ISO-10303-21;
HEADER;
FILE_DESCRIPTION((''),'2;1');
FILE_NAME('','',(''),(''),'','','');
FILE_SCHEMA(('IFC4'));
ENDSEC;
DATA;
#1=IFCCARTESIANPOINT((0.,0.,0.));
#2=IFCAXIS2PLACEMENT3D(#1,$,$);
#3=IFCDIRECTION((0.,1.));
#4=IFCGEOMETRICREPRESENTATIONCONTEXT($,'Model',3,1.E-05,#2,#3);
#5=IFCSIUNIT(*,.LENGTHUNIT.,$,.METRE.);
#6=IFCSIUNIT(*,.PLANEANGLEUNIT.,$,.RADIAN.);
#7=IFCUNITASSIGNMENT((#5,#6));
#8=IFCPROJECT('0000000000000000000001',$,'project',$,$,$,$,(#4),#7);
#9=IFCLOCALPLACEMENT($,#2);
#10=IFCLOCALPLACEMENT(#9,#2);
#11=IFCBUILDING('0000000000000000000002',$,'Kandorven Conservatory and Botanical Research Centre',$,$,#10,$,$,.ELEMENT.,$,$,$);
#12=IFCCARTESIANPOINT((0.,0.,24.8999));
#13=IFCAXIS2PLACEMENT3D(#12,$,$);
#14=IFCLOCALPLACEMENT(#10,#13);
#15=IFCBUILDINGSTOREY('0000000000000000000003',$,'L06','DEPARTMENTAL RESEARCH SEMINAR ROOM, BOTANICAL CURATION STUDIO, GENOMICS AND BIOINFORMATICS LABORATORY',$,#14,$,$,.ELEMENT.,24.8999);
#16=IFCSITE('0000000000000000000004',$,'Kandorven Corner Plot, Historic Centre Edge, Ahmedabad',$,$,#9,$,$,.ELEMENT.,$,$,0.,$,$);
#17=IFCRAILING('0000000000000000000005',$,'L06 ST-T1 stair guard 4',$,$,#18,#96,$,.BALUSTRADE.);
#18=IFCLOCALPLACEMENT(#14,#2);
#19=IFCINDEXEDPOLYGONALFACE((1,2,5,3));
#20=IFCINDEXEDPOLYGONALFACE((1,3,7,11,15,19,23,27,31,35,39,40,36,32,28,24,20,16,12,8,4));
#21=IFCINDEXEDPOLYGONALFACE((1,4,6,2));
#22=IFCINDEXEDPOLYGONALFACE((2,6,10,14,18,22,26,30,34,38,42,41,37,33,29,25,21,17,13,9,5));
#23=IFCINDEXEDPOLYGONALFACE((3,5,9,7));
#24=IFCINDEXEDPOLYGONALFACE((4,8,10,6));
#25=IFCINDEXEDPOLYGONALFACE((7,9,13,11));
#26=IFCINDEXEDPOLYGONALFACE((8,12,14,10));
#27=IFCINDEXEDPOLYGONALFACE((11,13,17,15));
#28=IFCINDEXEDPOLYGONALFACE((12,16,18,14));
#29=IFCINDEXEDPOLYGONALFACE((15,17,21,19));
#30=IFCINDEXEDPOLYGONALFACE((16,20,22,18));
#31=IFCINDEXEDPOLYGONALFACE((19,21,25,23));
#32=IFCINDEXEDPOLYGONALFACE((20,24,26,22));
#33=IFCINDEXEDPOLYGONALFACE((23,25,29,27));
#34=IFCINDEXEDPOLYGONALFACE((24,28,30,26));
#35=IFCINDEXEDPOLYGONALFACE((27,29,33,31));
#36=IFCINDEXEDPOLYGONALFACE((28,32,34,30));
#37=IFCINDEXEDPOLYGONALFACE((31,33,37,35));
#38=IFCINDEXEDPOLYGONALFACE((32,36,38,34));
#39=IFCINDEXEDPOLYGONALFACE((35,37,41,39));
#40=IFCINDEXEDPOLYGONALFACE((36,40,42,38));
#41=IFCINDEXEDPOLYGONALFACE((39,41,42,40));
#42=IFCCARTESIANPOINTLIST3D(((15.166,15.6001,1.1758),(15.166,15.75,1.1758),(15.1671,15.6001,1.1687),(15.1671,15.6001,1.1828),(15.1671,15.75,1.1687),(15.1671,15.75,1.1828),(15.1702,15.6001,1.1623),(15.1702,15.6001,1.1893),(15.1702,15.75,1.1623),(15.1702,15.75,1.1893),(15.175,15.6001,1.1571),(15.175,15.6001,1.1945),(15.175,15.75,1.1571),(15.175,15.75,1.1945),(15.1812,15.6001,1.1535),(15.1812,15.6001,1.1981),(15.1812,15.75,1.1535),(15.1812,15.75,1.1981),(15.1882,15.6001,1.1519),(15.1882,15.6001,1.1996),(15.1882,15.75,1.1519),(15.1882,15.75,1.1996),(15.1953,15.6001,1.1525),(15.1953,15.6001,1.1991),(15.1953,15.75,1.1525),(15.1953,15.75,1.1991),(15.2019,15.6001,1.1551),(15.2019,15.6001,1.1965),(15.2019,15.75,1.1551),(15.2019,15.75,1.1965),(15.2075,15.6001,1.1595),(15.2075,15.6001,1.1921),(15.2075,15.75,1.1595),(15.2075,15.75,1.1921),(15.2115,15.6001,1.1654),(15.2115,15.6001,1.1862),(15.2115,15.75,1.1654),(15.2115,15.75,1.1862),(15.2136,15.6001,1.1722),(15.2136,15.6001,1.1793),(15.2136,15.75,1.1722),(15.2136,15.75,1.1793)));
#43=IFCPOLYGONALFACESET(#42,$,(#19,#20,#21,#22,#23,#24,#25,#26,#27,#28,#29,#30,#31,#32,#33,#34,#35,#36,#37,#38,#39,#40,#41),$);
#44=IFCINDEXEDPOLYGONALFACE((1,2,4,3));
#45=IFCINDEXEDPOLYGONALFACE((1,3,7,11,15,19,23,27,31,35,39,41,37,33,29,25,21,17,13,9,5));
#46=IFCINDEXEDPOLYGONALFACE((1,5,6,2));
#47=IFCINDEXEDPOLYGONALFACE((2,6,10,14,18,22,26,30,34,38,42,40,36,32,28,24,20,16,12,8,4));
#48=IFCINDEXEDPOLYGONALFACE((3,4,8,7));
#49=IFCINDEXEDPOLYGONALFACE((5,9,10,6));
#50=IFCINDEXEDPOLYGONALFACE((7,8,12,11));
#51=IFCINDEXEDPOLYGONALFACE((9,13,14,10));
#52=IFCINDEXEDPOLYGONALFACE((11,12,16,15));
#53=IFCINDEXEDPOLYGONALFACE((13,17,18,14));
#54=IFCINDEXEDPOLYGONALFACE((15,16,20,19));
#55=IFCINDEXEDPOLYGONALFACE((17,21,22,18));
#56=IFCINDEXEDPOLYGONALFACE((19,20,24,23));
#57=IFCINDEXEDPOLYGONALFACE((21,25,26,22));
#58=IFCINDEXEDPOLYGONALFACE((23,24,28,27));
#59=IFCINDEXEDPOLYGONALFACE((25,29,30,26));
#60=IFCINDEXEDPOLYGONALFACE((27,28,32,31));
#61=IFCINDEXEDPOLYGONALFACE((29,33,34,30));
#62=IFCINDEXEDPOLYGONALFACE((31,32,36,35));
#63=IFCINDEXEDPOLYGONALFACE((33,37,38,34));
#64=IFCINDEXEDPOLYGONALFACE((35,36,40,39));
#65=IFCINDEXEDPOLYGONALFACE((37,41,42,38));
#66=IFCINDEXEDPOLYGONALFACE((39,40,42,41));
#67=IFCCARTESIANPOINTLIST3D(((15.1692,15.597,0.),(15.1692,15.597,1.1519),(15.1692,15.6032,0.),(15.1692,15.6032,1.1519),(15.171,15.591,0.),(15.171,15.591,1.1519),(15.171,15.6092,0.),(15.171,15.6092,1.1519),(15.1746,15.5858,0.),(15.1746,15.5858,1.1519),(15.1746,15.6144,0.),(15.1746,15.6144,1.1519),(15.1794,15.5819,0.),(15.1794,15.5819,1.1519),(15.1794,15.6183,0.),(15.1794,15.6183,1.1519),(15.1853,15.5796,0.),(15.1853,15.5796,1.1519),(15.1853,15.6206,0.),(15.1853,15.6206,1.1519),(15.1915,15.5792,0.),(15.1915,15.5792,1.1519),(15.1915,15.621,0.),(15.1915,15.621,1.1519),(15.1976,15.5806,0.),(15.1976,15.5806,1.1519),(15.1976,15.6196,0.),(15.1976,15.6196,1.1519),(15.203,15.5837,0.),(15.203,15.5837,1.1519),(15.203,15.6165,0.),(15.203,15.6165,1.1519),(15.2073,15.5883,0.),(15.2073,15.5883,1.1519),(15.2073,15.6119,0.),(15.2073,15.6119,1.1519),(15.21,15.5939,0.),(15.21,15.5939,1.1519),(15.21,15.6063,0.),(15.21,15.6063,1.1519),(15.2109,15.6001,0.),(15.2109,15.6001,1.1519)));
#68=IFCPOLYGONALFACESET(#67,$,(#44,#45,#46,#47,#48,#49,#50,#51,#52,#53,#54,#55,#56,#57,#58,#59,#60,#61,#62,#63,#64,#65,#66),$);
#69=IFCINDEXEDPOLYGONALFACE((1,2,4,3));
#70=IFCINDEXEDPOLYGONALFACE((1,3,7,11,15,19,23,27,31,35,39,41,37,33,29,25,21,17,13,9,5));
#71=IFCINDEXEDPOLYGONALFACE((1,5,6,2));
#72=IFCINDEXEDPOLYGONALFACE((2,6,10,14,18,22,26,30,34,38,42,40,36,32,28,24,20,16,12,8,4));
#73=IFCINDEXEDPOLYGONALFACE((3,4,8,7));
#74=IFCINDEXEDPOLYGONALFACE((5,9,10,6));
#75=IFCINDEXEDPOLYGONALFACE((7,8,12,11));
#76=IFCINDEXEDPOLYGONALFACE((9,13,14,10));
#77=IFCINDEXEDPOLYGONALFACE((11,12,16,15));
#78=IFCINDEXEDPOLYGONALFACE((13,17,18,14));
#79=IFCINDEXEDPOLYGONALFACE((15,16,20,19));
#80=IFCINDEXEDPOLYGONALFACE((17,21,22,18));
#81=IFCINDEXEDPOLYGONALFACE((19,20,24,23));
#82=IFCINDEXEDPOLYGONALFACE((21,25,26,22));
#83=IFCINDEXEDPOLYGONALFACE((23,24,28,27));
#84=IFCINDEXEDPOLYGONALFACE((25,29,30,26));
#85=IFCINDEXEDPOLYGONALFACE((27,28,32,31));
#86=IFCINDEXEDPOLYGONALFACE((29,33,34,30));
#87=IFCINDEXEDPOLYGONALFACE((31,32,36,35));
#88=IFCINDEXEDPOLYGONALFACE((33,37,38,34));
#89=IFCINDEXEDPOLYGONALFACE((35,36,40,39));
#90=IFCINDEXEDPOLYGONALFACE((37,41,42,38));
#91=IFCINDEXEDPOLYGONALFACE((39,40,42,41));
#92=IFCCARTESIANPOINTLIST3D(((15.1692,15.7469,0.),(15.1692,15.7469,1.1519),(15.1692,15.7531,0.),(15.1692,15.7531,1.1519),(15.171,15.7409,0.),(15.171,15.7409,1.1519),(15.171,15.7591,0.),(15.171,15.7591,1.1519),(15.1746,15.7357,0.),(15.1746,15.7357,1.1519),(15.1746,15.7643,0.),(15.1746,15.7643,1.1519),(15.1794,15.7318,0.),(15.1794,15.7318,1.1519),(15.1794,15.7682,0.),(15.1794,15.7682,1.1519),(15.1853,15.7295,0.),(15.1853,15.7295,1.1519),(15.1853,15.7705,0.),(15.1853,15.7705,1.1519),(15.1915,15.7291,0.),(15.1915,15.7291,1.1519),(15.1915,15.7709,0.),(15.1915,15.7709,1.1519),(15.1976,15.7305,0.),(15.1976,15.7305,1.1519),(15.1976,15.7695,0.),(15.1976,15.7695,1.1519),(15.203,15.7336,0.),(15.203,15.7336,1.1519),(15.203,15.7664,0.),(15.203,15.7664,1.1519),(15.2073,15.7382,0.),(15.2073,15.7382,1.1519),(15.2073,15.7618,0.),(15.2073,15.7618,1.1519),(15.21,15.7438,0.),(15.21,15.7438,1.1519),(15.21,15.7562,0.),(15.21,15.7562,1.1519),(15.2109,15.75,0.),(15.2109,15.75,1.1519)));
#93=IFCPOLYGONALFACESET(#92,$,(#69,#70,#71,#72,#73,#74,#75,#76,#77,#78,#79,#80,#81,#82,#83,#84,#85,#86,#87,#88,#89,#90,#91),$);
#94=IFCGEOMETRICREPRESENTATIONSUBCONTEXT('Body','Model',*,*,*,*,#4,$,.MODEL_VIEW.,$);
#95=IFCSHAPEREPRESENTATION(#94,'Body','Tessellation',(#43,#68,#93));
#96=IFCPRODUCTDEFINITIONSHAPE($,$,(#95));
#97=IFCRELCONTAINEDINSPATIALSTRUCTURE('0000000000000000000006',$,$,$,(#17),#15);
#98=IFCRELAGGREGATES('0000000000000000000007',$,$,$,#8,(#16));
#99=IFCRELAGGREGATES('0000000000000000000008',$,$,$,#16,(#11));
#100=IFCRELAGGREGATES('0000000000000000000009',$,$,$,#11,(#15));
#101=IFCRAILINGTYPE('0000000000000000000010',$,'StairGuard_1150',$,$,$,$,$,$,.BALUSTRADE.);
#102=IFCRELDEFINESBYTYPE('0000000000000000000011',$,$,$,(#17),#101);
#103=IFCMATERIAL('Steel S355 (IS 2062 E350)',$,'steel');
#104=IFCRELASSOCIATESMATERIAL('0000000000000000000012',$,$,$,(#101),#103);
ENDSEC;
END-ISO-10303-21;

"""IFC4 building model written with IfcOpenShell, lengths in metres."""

from ifc_helpers import new_model, si_unit, direction, frame, origin, origin_2d, place, context, subcontext, project, spatial, circle, extrude, material, type_object, element, save


model = new_model("IFC4")

# Units and contexts
model_context = context("Model", 3, precision=1e-05, world=origin(), true_north=direction((0.0, 1.0)))
body_context = subcontext(model_context, "Body", "Model", "MODEL_VIEW")
ifc_project = project(units=[si_unit("LENGTHUNIT", "METRE"), si_unit("PLANEANGLEUNIT", "RADIAN")], contexts=[model_context])

# Site, building, storey
site_placement = place(None, origin())
site = spatial("IfcSite", under=ifc_project, at=site_placement, Name="Kandorven Corner Plot, Historic Centre Edge, Ahmedabad", CompositionType="ELEMENT", RefElevation=0.0)
building_placement = place(site_placement, origin())
building = spatial("IfcBuilding", under=site, at=building_placement, Name="Kandorven Conservatory and Botanical Research Centre", CompositionType="ELEMENT")
storey_placement = place(building_placement, frame((0.0, 0.0, 24.8999)))
storey = spatial("IfcBuildingStorey", under=building, at=storey_placement, Name="L06", Description="DEPARTMENTAL RESEARCH SEMINAR ROOM, BOTANICAL CURATION STUDIO, GENOMICS AND BIOINFORMATICS LABORATORY", CompositionType="ELEMENT", Elevation=24.8999)

# Railing
ifc_material_1 = material(Name="Steel S355 (IS 2062 E350)", Category="steel")
railing_type_1 = type_object("IfcRailingType", Name="StairGuard_1150", PredefinedType="BALUSTRADE", material=ifc_material_1)
railing_1_placement = place(storey_placement, frame((15.1899, 15.6001, 0.0)))
element("IfcRailing", 1, at=railing_1_placement, inside=storey, type_object=railing_type_1, Name="L06 ST-T1 stair guard 4", PredefinedType="BALUSTRADE", context=body_context, shape_type="SweptSolid", body=[
    extrude(circle(Radius=0.0239, at=origin_2d()), frame((0.0, 0.0, 1.1758), z_axis=(0.0, 1.0, 0.0), x_axis=(-1.0, 0.0, 0.0)), (0.0, 0.0, 1.0), 0.1499),
    extrude(circle(Radius=0.021, at=origin_2d()), origin(), (0.0, 0.0, 1.0), 1.1519),
    extrude(circle(Radius=0.021, at=origin_2d()), frame((0.0, 0.1499, 0.0)), (0.0, 0.0, 1.0), 1.1519),
])

save(model, "model.ifc")
